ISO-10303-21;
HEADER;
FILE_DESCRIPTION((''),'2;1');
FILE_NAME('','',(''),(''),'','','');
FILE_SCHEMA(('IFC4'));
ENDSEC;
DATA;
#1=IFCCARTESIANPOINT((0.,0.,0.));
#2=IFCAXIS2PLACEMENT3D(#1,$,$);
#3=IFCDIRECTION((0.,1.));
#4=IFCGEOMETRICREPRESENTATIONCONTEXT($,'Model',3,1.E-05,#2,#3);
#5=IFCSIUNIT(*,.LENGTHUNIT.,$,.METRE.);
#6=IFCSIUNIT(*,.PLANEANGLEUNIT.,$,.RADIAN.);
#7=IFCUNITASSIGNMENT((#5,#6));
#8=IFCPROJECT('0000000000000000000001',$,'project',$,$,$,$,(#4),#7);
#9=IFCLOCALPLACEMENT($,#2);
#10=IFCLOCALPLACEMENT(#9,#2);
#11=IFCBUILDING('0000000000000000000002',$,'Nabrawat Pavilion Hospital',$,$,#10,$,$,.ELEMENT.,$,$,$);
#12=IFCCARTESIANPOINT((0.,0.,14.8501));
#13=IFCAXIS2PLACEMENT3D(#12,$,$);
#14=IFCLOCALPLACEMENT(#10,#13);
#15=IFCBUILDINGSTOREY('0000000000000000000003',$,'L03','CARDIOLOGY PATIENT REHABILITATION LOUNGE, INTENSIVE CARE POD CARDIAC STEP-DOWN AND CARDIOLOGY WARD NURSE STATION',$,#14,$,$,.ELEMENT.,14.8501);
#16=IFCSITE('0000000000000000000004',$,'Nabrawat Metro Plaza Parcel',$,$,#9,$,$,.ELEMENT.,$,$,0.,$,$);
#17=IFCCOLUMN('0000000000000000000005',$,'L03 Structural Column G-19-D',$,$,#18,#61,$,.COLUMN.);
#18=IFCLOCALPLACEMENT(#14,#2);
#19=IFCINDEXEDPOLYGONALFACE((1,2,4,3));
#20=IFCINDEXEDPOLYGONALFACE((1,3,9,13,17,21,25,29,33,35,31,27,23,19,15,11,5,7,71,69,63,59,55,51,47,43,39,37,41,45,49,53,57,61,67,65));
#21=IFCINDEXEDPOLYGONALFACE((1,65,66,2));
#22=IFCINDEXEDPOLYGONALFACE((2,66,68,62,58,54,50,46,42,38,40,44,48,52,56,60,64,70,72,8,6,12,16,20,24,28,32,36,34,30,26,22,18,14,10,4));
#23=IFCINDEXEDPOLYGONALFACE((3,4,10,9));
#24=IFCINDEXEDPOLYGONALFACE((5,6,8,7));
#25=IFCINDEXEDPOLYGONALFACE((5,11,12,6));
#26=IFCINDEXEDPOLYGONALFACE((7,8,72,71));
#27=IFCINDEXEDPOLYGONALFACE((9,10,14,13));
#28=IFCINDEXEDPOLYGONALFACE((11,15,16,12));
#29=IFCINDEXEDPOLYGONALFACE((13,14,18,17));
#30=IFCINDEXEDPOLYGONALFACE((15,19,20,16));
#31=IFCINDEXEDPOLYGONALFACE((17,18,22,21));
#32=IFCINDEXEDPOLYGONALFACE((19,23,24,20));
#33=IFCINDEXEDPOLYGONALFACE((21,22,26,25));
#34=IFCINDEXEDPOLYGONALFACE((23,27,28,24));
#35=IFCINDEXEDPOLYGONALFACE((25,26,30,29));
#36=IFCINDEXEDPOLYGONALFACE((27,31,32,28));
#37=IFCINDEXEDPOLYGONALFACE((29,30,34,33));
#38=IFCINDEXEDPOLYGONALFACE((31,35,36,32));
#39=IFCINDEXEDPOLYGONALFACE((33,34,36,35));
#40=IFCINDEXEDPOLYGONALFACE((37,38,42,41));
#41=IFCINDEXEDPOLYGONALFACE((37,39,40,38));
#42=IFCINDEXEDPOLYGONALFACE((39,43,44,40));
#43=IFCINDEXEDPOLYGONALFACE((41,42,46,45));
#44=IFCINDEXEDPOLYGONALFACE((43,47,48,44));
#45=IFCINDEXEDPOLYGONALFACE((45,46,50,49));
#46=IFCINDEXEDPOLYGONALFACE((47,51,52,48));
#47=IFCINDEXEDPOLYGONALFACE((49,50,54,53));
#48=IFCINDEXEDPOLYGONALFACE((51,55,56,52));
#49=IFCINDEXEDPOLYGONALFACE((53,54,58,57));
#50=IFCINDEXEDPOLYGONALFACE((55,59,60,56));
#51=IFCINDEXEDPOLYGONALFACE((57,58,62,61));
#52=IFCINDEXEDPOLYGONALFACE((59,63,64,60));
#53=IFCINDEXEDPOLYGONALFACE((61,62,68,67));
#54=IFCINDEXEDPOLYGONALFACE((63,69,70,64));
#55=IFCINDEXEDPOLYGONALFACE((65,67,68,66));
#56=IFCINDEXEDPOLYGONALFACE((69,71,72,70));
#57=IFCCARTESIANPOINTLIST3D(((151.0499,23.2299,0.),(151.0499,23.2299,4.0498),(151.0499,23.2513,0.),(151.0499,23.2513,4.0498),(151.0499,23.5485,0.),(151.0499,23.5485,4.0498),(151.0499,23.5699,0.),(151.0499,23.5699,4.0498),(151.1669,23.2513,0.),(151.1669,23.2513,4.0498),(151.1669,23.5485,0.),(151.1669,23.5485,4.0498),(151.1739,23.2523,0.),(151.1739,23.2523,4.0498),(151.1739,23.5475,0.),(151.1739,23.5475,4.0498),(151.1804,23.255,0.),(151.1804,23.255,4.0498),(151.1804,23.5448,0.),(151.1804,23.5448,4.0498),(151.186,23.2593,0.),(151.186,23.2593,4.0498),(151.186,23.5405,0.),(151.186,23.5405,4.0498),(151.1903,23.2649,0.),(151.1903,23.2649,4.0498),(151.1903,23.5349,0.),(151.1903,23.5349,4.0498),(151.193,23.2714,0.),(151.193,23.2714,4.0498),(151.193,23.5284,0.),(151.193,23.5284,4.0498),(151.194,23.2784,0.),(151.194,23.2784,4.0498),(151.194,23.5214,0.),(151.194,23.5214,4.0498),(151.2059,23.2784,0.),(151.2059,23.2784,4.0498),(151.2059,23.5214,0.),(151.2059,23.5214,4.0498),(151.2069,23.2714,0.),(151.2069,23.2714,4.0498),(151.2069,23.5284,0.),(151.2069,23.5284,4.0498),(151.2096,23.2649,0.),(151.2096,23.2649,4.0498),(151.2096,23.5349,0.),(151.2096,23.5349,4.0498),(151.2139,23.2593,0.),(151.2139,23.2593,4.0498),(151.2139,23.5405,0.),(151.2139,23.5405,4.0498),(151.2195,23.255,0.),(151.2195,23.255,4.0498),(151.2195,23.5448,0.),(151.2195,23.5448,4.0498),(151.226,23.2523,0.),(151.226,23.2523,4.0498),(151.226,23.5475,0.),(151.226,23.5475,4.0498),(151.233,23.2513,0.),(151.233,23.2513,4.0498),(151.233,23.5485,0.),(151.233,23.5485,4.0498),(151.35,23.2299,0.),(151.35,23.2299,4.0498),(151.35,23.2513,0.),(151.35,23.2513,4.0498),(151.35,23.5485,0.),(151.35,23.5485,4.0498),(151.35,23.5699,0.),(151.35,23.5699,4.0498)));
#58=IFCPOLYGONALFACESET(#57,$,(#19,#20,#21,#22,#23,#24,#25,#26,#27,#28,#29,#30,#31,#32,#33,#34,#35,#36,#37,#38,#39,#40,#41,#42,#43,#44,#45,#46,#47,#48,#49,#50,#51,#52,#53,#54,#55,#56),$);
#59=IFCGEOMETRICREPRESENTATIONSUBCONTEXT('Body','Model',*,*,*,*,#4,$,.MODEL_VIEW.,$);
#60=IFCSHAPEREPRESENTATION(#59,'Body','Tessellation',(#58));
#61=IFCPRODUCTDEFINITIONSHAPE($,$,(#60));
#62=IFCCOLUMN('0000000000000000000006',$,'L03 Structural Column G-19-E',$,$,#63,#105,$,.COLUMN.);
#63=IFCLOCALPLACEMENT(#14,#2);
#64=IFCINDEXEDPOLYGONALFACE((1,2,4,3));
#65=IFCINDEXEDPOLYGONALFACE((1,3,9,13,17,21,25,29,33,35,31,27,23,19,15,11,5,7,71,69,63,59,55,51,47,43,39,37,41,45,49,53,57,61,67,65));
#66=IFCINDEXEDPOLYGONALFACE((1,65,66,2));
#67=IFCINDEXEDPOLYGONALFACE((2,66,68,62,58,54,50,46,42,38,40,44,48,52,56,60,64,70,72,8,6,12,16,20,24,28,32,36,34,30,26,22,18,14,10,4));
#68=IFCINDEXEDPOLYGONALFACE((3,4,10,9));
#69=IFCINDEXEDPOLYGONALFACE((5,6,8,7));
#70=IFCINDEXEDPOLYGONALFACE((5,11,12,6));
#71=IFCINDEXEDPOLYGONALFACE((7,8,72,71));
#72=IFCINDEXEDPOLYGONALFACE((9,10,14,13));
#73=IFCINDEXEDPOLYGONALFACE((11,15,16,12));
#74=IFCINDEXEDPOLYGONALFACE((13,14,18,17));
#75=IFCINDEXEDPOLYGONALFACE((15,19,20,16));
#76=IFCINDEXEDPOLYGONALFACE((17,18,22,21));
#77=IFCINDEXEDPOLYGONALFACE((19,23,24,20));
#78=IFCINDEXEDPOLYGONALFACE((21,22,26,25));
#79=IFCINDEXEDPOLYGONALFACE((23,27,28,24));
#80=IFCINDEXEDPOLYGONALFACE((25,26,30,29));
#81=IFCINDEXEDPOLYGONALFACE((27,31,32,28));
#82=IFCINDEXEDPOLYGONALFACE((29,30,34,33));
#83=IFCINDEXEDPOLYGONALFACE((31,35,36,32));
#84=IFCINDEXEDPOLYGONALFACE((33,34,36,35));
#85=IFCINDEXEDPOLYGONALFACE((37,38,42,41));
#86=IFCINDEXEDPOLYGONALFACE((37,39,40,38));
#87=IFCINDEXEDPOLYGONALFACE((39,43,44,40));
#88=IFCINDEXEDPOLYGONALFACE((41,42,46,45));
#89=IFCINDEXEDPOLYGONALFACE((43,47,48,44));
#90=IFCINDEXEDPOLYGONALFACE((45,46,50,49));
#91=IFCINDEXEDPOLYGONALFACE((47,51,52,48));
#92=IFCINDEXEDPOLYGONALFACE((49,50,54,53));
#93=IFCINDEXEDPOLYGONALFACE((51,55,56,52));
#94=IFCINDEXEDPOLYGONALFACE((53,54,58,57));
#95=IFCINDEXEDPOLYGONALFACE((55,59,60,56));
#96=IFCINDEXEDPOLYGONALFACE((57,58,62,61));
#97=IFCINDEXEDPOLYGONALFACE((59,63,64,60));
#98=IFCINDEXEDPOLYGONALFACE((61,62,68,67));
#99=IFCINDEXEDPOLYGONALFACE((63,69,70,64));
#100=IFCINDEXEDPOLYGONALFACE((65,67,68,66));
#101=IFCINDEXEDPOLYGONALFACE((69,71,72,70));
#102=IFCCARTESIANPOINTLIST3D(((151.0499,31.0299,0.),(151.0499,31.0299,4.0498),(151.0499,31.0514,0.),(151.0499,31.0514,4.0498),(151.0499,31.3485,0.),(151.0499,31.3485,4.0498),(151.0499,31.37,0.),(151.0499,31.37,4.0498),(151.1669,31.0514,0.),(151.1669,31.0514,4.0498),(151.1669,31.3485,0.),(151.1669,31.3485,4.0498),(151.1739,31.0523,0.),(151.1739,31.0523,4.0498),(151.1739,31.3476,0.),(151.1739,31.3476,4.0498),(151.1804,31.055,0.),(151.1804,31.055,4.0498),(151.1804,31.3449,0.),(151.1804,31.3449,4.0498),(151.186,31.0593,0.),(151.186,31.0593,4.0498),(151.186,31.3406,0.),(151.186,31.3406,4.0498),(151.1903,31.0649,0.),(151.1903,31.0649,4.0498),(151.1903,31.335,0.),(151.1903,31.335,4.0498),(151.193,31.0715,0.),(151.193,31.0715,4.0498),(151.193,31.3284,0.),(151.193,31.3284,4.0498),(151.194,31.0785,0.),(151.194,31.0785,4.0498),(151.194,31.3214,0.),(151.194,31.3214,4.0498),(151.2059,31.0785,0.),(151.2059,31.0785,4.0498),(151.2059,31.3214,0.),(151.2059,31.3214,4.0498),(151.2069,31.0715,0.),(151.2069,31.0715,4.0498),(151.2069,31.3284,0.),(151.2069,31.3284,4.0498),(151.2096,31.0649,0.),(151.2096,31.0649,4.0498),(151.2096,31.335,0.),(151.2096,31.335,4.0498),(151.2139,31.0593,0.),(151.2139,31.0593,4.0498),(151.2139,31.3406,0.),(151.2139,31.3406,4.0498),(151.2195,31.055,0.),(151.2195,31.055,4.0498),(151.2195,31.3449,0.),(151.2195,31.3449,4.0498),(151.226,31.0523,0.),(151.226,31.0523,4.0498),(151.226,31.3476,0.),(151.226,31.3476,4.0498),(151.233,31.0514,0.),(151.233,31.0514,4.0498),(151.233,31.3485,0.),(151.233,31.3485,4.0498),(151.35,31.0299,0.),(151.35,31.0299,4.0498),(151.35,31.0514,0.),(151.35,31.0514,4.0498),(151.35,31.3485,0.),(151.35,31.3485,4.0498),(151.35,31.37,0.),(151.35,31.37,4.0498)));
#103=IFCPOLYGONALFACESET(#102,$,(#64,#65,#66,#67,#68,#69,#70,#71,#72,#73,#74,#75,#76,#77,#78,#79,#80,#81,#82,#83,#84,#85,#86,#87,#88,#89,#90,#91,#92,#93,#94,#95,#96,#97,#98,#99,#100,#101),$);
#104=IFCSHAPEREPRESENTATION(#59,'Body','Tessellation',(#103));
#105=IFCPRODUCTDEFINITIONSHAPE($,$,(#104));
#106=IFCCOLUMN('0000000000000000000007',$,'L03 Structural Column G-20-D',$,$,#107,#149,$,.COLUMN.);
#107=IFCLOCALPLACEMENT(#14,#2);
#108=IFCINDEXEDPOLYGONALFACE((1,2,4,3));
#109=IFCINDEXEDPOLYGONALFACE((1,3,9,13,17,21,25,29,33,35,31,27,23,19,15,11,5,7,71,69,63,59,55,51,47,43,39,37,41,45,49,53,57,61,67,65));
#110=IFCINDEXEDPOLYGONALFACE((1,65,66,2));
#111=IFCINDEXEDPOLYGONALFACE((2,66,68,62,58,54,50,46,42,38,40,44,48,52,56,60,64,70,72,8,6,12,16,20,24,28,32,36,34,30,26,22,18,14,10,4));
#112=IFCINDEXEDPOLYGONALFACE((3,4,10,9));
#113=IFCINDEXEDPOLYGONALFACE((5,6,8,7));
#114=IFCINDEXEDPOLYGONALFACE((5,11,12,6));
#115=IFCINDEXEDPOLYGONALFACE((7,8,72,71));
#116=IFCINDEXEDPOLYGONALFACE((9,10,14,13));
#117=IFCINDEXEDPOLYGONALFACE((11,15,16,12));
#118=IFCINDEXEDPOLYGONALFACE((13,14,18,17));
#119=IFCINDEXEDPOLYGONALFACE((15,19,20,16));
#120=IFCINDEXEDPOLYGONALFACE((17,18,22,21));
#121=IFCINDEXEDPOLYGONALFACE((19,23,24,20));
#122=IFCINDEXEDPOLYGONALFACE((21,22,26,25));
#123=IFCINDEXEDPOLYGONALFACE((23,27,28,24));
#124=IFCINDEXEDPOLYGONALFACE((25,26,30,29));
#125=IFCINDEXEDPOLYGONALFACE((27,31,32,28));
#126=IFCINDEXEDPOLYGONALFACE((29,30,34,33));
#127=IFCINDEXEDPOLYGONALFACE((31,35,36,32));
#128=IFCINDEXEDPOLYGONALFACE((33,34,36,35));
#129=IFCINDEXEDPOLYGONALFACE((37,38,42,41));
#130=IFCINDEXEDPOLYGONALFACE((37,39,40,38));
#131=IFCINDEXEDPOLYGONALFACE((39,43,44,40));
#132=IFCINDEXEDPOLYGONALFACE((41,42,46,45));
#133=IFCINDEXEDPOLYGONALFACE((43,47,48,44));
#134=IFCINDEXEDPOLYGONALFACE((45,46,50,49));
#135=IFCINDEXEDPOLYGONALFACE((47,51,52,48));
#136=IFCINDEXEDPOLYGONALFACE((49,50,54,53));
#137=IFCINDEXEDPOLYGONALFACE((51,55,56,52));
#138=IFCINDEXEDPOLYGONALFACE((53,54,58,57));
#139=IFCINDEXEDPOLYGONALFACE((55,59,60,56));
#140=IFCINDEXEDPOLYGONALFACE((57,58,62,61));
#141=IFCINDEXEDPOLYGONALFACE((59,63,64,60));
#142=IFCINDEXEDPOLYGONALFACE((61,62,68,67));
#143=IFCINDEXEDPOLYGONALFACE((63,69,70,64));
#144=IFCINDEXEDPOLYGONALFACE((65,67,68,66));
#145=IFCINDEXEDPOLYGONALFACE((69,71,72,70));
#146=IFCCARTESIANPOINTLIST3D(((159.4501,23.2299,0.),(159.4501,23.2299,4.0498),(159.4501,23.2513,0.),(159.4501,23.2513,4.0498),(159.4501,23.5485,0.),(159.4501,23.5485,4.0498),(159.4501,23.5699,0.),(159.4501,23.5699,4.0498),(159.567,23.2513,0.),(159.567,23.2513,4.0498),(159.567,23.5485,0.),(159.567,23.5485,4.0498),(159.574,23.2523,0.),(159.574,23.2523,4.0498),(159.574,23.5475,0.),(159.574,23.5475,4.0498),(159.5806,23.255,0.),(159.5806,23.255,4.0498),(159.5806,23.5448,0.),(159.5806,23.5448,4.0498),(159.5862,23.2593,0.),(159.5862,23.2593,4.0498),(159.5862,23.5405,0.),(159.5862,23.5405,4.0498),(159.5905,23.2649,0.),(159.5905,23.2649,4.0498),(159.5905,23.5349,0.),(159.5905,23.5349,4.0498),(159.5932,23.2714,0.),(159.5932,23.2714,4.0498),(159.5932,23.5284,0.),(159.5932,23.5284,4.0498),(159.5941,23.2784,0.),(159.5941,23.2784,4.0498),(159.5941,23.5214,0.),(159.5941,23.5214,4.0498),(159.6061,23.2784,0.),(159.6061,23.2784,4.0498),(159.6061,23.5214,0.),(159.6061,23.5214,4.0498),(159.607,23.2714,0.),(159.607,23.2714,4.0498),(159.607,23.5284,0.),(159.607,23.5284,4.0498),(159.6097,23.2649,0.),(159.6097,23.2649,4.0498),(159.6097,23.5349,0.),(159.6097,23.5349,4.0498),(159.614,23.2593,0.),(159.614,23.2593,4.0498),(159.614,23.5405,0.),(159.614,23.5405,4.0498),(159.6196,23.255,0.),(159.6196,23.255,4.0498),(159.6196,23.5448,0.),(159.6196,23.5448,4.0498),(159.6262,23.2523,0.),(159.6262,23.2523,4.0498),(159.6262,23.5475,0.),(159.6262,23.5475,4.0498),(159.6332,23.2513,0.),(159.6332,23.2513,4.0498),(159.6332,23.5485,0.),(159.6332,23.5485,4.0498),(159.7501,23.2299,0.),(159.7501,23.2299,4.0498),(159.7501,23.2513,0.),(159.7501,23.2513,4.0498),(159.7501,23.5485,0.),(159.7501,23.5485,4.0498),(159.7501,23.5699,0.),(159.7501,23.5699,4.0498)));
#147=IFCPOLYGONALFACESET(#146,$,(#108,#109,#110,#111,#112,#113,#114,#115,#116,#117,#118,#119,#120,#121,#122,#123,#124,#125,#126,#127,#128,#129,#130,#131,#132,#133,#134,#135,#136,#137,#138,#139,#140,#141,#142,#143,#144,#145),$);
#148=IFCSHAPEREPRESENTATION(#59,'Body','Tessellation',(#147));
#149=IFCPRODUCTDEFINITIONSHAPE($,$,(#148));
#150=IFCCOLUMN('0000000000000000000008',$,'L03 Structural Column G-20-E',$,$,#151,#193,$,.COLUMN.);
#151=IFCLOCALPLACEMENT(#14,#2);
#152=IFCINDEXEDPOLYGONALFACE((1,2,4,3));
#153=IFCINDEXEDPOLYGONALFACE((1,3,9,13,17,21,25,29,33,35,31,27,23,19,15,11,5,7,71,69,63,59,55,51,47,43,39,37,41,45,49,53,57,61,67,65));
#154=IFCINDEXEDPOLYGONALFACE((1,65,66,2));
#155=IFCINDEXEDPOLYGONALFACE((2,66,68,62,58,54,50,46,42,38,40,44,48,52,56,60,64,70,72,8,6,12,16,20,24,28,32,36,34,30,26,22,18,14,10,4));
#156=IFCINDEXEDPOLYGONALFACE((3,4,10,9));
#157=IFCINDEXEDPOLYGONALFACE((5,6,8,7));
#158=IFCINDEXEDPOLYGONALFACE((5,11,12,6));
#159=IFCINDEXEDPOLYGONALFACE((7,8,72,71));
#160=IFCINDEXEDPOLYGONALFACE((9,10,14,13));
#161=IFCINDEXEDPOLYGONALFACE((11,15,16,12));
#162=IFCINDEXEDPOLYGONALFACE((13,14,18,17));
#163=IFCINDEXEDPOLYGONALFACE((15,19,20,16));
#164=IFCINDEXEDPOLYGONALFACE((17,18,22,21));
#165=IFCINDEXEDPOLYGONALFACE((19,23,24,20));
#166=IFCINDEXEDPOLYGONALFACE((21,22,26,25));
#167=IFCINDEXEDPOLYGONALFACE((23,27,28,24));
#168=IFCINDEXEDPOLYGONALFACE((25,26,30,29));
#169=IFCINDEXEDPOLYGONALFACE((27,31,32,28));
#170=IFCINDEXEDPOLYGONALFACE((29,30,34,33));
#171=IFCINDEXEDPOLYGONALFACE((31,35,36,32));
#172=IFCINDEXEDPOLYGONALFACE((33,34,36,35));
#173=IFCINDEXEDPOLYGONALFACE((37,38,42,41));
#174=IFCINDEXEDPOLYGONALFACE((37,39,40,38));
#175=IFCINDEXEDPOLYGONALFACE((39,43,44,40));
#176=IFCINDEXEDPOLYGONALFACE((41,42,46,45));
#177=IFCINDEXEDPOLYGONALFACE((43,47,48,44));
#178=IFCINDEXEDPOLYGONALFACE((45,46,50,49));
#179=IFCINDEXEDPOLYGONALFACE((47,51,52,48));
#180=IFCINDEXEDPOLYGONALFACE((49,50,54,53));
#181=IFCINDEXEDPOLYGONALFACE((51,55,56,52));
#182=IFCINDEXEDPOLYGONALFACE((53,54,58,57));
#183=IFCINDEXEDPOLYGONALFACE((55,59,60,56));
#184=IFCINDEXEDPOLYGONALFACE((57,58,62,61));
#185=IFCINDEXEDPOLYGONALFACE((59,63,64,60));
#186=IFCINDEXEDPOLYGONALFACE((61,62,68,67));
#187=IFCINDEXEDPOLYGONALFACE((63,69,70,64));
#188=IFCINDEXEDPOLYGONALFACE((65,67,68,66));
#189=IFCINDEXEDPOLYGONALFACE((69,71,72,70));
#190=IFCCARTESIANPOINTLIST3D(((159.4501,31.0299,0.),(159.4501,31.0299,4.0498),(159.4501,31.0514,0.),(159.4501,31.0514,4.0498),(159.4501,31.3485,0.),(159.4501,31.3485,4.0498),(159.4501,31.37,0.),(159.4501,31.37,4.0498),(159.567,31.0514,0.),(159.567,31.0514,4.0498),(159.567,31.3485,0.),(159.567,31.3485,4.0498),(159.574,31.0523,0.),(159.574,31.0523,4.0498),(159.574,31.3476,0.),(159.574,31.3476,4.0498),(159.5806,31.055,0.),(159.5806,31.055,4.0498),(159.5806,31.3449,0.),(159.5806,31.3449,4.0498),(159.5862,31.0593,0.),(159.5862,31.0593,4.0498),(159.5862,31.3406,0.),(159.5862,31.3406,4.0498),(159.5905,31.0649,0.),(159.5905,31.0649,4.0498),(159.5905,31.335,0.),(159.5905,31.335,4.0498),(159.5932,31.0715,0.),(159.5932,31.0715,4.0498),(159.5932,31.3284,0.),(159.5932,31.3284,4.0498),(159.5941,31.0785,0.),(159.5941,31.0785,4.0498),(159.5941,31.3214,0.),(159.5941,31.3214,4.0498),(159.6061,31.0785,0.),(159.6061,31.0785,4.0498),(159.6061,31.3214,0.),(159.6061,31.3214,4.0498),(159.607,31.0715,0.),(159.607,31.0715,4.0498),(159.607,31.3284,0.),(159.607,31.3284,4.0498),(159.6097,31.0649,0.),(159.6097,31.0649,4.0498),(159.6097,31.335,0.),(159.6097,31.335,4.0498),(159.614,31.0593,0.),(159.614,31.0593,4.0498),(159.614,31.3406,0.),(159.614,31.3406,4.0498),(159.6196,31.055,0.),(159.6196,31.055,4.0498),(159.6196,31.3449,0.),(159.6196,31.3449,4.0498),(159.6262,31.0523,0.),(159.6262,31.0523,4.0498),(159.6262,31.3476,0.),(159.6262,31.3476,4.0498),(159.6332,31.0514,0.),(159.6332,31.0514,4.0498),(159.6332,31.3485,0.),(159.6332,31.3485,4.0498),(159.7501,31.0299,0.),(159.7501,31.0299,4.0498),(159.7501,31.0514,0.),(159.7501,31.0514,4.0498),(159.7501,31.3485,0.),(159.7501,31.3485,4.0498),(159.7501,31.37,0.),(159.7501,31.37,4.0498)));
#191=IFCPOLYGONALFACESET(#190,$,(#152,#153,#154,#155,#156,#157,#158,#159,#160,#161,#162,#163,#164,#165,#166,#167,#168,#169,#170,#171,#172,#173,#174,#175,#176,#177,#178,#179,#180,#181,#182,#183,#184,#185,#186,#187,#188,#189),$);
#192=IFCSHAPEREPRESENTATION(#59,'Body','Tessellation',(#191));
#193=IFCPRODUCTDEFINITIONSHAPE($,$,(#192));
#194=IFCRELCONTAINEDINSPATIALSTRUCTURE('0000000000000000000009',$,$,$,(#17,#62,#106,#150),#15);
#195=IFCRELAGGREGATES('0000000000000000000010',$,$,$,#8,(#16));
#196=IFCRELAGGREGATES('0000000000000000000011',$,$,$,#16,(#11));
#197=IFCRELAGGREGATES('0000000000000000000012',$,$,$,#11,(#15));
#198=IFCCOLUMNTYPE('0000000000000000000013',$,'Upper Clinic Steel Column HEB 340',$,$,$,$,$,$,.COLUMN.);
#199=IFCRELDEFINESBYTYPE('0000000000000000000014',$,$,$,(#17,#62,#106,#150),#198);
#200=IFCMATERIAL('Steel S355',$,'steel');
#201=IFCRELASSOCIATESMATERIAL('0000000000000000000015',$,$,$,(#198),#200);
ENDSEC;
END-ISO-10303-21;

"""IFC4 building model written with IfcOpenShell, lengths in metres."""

from ifc_helpers import new_model, si_unit, direction, frame, origin, origin_2d, place, context, subcontext, project, spatial, i_section, extrude, material, material_profile, profile_set, type_object, element, save


model = new_model("IFC4")

# Units and contexts
model_context = context("Model", 3, precision=1e-05, world=origin(), true_north=direction((0.0, 1.0)))
body_context = subcontext(model_context, "Body", "Model", "MODEL_VIEW")
ifc_project = project(units=[si_unit("LENGTHUNIT", "METRE"), si_unit("PLANEANGLEUNIT", "RADIAN")], contexts=[model_context])

# Site, building, storey
site_placement = place(None, origin())
site = spatial("IfcSite", under=ifc_project, at=site_placement, Name="Nabrawat Metro Plaza Parcel", CompositionType="ELEMENT", RefElevation=0.0)
building_placement = place(site_placement, origin())
building = spatial("IfcBuilding", under=site, at=building_placement, Name="Nabrawat Pavilion Hospital", CompositionType="ELEMENT")
storey_placement = place(building_placement, frame((0.0, 0.0, 14.8501)))
storey = spatial("IfcBuildingStorey", under=building, at=storey_placement, Name="L03", Description="CARDIOLOGY PATIENT REHABILITATION LOUNGE, INTENSIVE CARE POD CARDIAC STEP-DOWN AND CARDIOLOGY WARD NURSE STATION", CompositionType="ELEMENT", Elevation=14.8501)

# Columns
ifc_material_1 = material(Name="Steel S355", Category="steel")
ifc_material_profile_1 = material_profile(ifc_material_1, i_section(OverallWidth=0.3, OverallDepth=0.3401, WebThickness=0.012, FlangeThickness=0.0215, FilletRadius=0.0271, at=origin_2d()), Name="HEB 340")
ifc_profile_set_1 = profile_set([ifc_material_profile_1], Name="Steel S355")
column_type = type_object("IfcColumnType", Name="Upper Clinic Steel Column HEB 340", PredefinedType="COLUMN", material=ifc_profile_set_1)
for number, where, z_axis, x_axis, name in (
    (1, (151.2, 23.3999, 0.0), (0.0, 0.0, 1.0), (1.0, 0.0, 0.0), "L03 Structural Column G-19-D"),
    (2, (151.2, 31.2, 0.0), (0.0, 0.0, 1.0), (1.0, 0.0, 0.0), "L03 Structural Column G-19-E"),
    (3, (159.6001, 23.3999, 0.0), (0.0, 0.0, 1.0), (1.0, 0.0, 0.0), "L03 Structural Column G-20-D"),
    (4, (159.6001, 31.2, 0.0), (0.0, 0.0, 1.0), (1.0, 0.0, 0.0), "L03 Structural Column G-20-E"),
):
    element("IfcColumn", number, at=place(storey_placement, frame(where, z_axis=z_axis, x_axis=x_axis)), inside=storey, type_object=column_type, Name=name, PredefinedType="COLUMN", context=body_context, shape_type="SweptSolid", body=[
        extrude(i_section(OverallWidth=0.3, OverallDepth=0.3401, WebThickness=0.012, FlangeThickness=0.0215, FilletRadius=0.0271, at=origin_2d()), origin(), (0.0, 0.0, 1.0), 4.0498),
    ])

save(model, "model.ifc")
